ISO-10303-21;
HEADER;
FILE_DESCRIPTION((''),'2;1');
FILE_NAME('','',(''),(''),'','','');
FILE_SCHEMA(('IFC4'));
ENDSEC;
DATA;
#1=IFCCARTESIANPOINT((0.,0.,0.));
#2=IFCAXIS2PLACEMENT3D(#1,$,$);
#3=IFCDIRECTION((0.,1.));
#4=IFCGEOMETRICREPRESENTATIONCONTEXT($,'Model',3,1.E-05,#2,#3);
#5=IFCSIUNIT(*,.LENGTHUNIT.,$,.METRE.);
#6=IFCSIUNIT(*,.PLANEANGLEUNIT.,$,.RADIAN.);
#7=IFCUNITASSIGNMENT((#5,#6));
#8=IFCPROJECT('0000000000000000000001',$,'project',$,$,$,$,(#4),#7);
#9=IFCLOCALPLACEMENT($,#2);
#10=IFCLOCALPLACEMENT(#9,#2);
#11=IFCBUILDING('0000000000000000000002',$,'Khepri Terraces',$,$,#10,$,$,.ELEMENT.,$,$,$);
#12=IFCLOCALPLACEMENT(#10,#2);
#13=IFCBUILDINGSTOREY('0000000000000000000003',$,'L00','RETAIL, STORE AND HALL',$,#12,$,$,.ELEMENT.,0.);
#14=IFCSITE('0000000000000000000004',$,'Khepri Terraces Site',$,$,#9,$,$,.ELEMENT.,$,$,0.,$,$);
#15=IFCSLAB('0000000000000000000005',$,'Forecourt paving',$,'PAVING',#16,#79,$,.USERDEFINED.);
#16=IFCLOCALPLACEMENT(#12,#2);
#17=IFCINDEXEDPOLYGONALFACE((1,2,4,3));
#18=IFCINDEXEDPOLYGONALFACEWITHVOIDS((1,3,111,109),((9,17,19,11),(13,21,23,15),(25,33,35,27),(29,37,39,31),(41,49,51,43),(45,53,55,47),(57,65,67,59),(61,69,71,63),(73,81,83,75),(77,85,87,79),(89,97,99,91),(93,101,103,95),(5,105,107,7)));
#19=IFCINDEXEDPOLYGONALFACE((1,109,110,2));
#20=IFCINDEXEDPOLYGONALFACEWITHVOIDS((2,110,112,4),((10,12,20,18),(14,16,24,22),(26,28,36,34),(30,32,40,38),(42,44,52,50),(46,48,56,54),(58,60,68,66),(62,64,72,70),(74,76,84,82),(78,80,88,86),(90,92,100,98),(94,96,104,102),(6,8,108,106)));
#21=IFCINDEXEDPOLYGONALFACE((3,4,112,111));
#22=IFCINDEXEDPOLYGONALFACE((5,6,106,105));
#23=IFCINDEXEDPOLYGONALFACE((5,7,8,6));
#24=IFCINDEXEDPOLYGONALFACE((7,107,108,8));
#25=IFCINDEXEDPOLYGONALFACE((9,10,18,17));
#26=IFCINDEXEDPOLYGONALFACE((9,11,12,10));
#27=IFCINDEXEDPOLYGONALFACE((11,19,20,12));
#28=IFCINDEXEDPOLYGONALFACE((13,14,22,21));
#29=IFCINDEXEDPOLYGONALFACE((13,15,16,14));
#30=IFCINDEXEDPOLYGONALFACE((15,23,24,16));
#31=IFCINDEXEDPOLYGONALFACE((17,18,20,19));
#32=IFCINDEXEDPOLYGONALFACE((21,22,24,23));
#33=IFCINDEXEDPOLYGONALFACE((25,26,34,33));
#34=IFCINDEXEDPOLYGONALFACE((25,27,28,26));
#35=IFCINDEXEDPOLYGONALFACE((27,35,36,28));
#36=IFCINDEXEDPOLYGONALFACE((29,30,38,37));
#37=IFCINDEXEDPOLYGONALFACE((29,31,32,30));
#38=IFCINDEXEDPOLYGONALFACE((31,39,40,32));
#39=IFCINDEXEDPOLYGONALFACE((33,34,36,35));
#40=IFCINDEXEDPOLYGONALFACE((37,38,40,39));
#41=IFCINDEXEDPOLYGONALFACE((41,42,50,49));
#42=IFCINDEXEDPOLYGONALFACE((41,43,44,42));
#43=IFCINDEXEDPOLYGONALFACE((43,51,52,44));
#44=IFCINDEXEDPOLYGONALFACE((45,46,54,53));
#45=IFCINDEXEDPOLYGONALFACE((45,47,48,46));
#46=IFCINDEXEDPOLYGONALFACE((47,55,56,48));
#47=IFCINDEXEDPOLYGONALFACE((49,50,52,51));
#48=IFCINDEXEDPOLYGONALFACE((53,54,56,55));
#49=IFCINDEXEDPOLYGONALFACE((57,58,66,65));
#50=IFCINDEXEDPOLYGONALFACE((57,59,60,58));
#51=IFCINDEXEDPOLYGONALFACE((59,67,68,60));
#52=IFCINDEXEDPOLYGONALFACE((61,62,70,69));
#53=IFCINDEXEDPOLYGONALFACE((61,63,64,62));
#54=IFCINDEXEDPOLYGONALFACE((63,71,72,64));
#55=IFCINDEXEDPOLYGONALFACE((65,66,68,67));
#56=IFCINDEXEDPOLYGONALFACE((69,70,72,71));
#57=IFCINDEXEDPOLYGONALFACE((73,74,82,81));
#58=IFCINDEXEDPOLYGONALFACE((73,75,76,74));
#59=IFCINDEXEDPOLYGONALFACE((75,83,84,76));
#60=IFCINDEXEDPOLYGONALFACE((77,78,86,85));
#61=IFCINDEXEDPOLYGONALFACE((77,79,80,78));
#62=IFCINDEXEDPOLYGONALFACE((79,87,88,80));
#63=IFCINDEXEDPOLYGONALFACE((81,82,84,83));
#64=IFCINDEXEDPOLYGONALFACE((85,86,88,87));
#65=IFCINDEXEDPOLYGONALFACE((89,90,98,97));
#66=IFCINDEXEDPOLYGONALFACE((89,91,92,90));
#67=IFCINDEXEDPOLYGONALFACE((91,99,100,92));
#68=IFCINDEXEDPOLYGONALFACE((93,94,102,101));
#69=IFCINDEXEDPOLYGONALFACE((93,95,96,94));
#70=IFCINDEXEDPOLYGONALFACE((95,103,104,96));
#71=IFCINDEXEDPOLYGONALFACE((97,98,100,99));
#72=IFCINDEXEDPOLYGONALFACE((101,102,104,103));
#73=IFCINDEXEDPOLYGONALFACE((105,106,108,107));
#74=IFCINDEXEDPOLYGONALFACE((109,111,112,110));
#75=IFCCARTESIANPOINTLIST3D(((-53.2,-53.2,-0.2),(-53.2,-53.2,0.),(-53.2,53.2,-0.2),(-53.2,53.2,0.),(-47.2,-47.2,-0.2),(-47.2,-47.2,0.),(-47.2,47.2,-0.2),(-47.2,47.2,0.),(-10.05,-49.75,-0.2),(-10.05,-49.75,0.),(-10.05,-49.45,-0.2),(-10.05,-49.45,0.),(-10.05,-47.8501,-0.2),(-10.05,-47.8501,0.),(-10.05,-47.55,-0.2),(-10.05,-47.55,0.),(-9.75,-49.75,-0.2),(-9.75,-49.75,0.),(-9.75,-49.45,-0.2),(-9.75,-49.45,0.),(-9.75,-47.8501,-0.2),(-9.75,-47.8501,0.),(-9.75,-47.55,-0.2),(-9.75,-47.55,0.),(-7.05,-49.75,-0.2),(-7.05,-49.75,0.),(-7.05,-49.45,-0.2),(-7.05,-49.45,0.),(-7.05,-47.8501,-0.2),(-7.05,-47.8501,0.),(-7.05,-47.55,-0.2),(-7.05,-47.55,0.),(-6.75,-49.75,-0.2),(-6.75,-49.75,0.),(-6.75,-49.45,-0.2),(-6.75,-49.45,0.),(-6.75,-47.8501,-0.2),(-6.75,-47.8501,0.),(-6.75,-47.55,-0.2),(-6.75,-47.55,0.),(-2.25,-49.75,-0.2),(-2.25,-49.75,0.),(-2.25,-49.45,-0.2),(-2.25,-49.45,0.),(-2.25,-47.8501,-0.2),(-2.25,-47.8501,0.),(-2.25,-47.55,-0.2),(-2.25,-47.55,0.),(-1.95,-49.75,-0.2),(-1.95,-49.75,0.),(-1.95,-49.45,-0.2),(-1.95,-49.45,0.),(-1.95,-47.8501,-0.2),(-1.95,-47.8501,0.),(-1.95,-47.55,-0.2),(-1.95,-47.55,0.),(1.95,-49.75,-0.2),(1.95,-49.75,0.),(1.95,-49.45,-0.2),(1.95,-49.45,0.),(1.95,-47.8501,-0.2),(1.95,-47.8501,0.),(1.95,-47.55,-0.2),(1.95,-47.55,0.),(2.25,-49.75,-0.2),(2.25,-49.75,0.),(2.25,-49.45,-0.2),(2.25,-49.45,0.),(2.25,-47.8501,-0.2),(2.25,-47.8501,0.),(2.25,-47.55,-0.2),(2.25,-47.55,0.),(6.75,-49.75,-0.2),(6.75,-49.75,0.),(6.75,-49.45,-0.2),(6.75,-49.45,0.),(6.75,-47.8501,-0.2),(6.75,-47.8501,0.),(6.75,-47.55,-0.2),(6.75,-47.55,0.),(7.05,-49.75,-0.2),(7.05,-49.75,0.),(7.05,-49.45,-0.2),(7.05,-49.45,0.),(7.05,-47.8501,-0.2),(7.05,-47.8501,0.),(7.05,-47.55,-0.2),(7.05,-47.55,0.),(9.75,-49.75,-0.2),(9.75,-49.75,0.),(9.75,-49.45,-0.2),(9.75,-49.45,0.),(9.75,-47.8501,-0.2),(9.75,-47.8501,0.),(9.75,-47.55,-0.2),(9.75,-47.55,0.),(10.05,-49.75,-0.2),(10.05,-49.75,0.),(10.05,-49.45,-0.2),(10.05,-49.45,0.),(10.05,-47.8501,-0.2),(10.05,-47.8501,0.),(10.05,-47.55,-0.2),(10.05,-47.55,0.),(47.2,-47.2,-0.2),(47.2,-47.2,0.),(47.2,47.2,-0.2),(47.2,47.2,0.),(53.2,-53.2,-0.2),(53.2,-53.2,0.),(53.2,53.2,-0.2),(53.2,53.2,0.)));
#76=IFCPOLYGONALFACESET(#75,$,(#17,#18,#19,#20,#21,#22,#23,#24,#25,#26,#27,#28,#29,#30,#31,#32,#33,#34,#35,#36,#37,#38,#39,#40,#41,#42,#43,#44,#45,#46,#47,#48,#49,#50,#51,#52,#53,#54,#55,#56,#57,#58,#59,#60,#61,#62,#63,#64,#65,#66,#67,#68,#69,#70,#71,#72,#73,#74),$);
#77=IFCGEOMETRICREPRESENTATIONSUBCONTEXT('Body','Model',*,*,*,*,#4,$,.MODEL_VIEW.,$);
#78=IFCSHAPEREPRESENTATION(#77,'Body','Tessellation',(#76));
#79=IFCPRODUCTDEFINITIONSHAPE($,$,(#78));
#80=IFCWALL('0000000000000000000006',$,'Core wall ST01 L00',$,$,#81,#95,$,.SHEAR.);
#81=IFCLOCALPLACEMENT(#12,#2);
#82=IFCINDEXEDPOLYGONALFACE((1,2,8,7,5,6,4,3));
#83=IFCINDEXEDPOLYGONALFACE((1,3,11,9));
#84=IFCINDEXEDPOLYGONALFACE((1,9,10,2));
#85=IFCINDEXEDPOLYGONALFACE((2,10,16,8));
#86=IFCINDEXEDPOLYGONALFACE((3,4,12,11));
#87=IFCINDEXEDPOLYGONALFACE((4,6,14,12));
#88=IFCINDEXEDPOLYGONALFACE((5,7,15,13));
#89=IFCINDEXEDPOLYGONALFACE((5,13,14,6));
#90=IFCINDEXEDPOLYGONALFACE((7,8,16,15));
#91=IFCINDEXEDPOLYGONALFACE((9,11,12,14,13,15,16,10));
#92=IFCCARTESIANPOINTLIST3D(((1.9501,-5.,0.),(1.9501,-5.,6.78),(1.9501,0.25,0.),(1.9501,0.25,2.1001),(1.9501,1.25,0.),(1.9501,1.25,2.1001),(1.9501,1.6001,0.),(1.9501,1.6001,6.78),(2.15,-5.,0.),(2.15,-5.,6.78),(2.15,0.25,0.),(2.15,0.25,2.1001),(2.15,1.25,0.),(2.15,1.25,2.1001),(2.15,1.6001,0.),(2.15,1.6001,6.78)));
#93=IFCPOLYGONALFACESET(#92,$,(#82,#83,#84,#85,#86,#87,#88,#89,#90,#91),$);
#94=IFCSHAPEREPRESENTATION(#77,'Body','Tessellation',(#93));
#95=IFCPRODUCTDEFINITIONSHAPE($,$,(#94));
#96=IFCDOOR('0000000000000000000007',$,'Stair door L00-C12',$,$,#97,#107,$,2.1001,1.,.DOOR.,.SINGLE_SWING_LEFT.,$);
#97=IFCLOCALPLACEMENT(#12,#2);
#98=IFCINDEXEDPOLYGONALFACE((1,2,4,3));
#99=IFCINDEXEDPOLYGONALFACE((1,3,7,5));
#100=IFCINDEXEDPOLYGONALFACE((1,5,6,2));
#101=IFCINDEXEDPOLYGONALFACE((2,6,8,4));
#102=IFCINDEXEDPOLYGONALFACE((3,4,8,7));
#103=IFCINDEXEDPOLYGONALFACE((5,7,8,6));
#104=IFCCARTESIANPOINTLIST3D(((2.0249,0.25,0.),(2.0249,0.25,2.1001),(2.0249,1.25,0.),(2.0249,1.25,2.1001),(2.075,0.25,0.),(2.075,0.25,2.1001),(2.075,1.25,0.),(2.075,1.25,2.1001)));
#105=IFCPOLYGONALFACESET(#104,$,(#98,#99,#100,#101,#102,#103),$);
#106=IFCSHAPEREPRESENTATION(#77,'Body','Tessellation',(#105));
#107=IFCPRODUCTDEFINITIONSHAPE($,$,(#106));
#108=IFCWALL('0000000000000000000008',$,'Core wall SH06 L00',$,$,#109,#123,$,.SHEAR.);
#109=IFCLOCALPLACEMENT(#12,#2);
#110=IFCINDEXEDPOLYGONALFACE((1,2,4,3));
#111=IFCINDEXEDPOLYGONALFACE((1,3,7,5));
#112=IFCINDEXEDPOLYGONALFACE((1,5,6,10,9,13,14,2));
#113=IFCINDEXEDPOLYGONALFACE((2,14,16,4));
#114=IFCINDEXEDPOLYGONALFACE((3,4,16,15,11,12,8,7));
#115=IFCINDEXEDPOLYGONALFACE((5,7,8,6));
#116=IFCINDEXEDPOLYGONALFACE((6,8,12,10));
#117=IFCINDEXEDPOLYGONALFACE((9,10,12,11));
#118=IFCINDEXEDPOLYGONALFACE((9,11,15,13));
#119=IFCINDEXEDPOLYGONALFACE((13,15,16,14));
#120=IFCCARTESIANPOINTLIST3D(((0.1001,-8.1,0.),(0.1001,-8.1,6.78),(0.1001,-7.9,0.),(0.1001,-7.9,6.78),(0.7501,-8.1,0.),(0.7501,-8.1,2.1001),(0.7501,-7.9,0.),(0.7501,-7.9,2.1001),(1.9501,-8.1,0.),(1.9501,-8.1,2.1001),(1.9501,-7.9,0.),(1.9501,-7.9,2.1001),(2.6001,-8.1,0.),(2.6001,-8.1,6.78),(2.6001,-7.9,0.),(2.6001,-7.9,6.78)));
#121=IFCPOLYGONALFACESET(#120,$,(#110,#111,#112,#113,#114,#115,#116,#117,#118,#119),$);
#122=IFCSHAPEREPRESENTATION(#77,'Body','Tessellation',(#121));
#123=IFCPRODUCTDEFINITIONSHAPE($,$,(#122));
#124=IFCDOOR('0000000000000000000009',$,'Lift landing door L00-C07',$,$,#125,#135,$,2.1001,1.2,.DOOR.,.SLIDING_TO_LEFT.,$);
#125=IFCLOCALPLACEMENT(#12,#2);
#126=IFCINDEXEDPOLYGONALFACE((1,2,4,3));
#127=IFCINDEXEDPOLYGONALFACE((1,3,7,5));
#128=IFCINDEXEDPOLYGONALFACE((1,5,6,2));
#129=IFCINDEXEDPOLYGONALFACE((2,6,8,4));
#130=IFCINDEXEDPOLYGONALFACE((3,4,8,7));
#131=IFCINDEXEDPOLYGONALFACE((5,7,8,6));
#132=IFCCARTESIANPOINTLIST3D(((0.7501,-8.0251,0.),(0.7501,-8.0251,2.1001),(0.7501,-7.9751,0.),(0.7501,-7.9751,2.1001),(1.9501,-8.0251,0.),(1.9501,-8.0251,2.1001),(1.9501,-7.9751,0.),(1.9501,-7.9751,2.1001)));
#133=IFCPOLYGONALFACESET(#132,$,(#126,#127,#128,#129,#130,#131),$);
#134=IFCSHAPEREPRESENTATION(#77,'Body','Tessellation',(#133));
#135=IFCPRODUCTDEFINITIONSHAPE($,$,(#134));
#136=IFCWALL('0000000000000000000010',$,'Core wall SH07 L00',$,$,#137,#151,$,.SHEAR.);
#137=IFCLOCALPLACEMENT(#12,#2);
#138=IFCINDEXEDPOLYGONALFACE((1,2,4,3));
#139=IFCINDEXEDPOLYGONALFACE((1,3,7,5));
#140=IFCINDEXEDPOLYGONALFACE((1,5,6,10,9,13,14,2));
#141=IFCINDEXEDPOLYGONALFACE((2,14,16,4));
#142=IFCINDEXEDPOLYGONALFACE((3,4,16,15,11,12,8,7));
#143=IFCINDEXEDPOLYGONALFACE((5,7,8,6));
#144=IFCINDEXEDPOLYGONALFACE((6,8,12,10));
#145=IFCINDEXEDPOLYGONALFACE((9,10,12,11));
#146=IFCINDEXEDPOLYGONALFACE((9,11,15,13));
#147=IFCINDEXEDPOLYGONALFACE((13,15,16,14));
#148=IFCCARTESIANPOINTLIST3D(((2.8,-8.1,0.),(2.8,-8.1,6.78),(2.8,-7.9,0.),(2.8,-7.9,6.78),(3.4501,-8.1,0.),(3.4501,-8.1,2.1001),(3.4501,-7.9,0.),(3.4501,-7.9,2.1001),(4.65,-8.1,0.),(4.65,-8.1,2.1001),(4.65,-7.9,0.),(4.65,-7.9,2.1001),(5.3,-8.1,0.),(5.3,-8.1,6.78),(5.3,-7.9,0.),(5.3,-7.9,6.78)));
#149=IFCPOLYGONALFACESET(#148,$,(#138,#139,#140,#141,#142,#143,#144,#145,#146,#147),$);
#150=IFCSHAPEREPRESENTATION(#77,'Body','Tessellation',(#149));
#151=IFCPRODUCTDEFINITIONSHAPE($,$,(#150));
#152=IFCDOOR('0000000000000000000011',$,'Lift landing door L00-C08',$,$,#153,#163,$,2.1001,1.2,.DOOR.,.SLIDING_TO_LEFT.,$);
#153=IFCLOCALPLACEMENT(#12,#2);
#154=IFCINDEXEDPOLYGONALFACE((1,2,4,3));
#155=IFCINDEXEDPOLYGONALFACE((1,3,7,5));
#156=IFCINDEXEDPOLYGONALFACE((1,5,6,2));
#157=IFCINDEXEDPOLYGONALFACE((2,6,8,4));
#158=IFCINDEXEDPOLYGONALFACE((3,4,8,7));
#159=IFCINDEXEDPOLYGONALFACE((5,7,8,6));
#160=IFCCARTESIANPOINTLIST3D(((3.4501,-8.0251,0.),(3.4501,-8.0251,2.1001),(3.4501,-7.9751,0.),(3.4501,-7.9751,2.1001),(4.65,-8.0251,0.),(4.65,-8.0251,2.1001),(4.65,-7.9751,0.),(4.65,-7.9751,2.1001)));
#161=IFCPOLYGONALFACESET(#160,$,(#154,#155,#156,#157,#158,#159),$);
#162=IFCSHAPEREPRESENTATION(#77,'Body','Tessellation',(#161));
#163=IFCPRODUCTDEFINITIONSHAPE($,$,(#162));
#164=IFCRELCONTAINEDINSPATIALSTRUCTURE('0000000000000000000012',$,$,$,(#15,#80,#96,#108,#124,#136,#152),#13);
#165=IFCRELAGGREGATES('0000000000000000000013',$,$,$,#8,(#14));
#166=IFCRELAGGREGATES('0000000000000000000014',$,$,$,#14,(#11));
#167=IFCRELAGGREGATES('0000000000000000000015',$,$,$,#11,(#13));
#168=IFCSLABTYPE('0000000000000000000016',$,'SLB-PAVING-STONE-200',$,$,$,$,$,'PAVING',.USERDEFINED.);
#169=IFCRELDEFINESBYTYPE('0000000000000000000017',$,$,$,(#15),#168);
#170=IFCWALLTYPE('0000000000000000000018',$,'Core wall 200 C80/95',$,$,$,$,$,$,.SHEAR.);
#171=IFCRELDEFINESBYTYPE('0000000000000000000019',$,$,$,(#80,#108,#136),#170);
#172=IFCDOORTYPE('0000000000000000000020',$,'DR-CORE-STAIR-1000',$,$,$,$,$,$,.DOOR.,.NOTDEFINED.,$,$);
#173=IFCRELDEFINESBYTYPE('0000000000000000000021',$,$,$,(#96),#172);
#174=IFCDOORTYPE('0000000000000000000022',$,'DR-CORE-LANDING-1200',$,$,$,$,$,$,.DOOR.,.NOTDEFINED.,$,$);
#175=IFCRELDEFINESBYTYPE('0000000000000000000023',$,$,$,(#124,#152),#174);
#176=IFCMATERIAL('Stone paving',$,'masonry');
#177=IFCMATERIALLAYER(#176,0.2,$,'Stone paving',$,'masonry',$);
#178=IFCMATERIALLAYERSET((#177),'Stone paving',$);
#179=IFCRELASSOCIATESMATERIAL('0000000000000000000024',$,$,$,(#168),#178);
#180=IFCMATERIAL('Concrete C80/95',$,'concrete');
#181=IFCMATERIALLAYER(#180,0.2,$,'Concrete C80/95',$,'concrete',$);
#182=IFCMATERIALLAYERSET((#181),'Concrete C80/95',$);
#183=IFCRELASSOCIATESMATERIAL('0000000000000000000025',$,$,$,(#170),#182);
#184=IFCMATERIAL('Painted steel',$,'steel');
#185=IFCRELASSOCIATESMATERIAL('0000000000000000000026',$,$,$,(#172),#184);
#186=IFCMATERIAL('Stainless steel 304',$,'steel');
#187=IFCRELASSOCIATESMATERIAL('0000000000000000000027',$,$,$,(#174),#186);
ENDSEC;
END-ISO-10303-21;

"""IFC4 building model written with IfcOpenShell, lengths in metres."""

from ifc_helpers import new_model, si_unit, direction, frame, frame_2d, origin, place, context, subcontext, project, spatial, polyline, rectangle, outline, extrude, material, layer, layer_set, type_object, element, fill, save


model = new_model("IFC4")

# Units and contexts
model_context = context("Model", 3, precision=1e-05, world=origin(), true_north=direction((0.0, 1.0)))
body_context = subcontext(model_context, "Body", "Model", "MODEL_VIEW")
ifc_project = project(units=[si_unit("LENGTHUNIT", "METRE"), si_unit("PLANEANGLEUNIT", "RADIAN")], contexts=[model_context])

# Site, building, storey
site_placement = place(None, origin())
site = spatial("IfcSite", under=ifc_project, at=site_placement, Name="Khepri Terraces Site", CompositionType="ELEMENT", RefElevation=0.0)
building_placement = place(site_placement, origin())
building = spatial("IfcBuilding", under=site, at=building_placement, Name="Khepri Terraces", CompositionType="ELEMENT")
storey_placement = place(building_placement, origin())
storey = spatial("IfcBuildingStorey", under=building, at=storey_placement, Name="L00", Description="RETAIL, STORE AND HALL", CompositionType="ELEMENT", Elevation=0.0)

# Slab
ifc_material_1 = material(Name="Stone paving", Category="masonry")
ifc_layer_1 = layer(ifc_material_1, 0.2, Name="Stone paving", Category="masonry")
ifc_layer_set_1 = layer_set([ifc_layer_1], Name="Stone paving")
slab_type_1 = type_object("IfcSlabType", Name="SLB-PAVING-STONE-200", ElementType="PAVING", PredefinedType="USERDEFINED", material=ifc_layer_set_1)
slab_1_placement = place(storey_placement, frame((0.0, 0.0, -0.2)))
element("IfcSlab", 1, at=slab_1_placement, inside=storey, type_object=slab_type_1, Name="Forecourt paving", ObjectType="PAVING", PredefinedType="USERDEFINED", context=body_context, shape_type="SweptSolid", body=[
    extrude(outline(polyline([(-53.2, 53.2), (-53.2, -53.2), (53.2, -53.2), (53.2, 53.2), (-53.2, 53.2)]), holes=[polyline([(-47.2, 47.2), (-47.2, -47.2), (47.2, -47.2), (47.2, 47.2), (-47.2, 47.2)]), polyline([(-10.05, -49.45), (-10.05, -49.75), (-9.75, -49.75), (-9.75, -49.45), (-10.05, -49.45)]), polyline([(-6.75, -49.45), (-7.05, -49.45), (-7.05, -49.75), (-6.75, -49.75), (-6.75, -49.45)]), polyline([(-1.95, -49.45), (-2.25, -49.45), (-2.25, -49.75), (-1.95, -49.75), (-1.95, -49.45)]), polyline([(-10.05, -47.55), (-10.05, -47.8501), (-9.75, -47.8501), (-9.75, -47.55), (-10.05, -47.55)]), polyline([(-6.75, -47.55), (-7.05, -47.55), (-7.05, -47.8501), (-6.75, -47.8501), (-6.75, -47.55)]), polyline([(-1.95, -47.55), (-2.25, -47.55), (-2.25, -47.8501), (-1.95, -47.8501), (-1.95, -47.55)]), polyline([(1.95, -49.45), (1.95, -49.75), (2.25, -49.75), (2.25, -49.45), (1.95, -49.45)]), polyline([(7.05, -49.45), (6.75, -49.45), (6.75, -49.75), (7.05, -49.75), (7.05, -49.45)]), polyline([(10.05, -49.45), (9.75, -49.45), (9.75, -49.75), (10.05, -49.75), (10.05, -49.45)]), polyline([(1.95, -47.55), (1.95, -47.8501), (2.25, -47.8501), (2.25, -47.55), (1.95, -47.55)]), polyline([(7.05, -47.55), (6.75, -47.55), (6.75, -47.8501), (7.05, -47.8501), (7.05, -47.55)]), polyline([(10.05, -47.55), (9.75, -47.55), (9.75, -47.8501), (10.05, -47.8501), (10.05, -47.55)])]), origin(), (0.0, 0.0, 1.0), 0.2),
])

# Walls, openings, doors
ifc_material_2 = material(Name="Concrete C80/95", Category="concrete")
ifc_layer_2 = layer(ifc_material_2, 0.2, Name="Concrete C80/95", Category="concrete")
ifc_layer_set_2 = layer_set([ifc_layer_2], Name="Concrete C80/95")
wall_type_1 = type_object("IfcWallType", Name="Core wall 200 C80/95", PredefinedType="SHEAR", material=ifc_layer_set_2)
wall_1_placement = place(storey_placement, frame((2.05, -5.0, 0.0), z_axis=(0.0, 0.0, 1.0), x_axis=(0.0, 1.0, 0.0)))
wall_1 = element("IfcWall", 2, at=wall_1_placement, inside=storey, type_object=wall_type_1, Name="Core wall ST01 L00", PredefinedType="SHEAR", context=body_context, shape_type="SweptSolid", body=[
    extrude(rectangle(XDim=6.6001, YDim=0.2, at=frame_2d((3.3, 0.0))), origin(), (0.0, 0.0, 1.0), 6.78),
])
opening_1_placement = place(wall_1_placement, frame((5.25, 0.0, 0.0)))
opening_1 = element("IfcOpeningElement", 3, at=opening_1_placement, cuts=wall_1, PredefinedType="OPENING", context=body_context, shape_type="SweptSolid", body=[
    extrude(rectangle(XDim=1.0, YDim=2.1001, at=frame_2d((0.5, 1.05))), frame((0.0, 0.1099, 0.0), z_axis=(0.0, -1.0, 0.0), x_axis=(1.0, 0.0, 0.0)), (0.0, 0.0, 1.0), 0.22),
])
ifc_material_3 = material(Name="Painted steel", Category="steel")
door_type_1 = type_object("IfcDoorType", Name="DR-CORE-STAIR-1000", OperationType="NOTDEFINED", PredefinedType="DOOR", material=ifc_material_3)
door_1_placement = place(opening_1_placement, frame((1.0, 0.0, 0.0), z_axis=(0.0, 0.0, 1.0), x_axis=(-1.0, 0.0, 0.0)))
door_1 = element("IfcDoor", 4, at=door_1_placement, inside=storey, type_object=door_type_1, Name="Stair door L00-C12", OperationType="SINGLE_SWING_LEFT", OverallHeight=2.1001, OverallWidth=1.0, PredefinedType="DOOR", context=body_context, shape_type="SweptSolid", body=[
    extrude(rectangle(XDim=1.0, YDim=2.1001, at=frame_2d((0.5, 1.05))), frame((0.0, 0.0249, 0.0), z_axis=(0.0, -1.0, 0.0), x_axis=(1.0, 0.0, 0.0)), (0.0, 0.0, 1.0), 0.05),
])
fill(opening_1, door_1)
wall_2_placement = place(storey_placement, frame((0.1001, -8.0, 0.0), z_axis=(0.0, 0.0, 1.0), x_axis=(1.0, 0.0, 0.0)))
wall_2 = element("IfcWall", 5, at=wall_2_placement, inside=storey, type_object=wall_type_1, Name="Core wall SH06 L00", PredefinedType="SHEAR", context=body_context, shape_type="SweptSolid", body=[
    extrude(rectangle(XDim=2.5, YDim=0.2, at=frame_2d((1.25, 0.0))), origin(), (0.0, 0.0, 1.0), 6.78),
])
opening_2_placement = place(wall_2_placement, frame((0.6499, 0.0, 0.0)))
opening_2 = element("IfcOpeningElement", 6, at=opening_2_placement, cuts=wall_2, PredefinedType="OPENING", context=body_context, shape_type="SweptSolid", body=[
    extrude(rectangle(XDim=1.2, YDim=2.1001, at=frame_2d((0.6001, 1.05))), frame((0.0, 0.1099, 0.0), z_axis=(0.0, -1.0, 0.0), x_axis=(1.0, 0.0, 0.0)), (0.0, 0.0, 1.0), 0.22),
])
ifc_material_4 = material(Name="Stainless steel 304", Category="steel")
door_type_2 = type_object("IfcDoorType", Name="DR-CORE-LANDING-1200", OperationType="NOTDEFINED", PredefinedType="DOOR", material=ifc_material_4)
door_2_placement = place(opening_2_placement, origin())
door_2 = element("IfcDoor", 7, at=door_2_placement, inside=storey, type_object=door_type_2, Name="Lift landing door L00-C07", OperationType="SLIDING_TO_LEFT", OverallHeight=2.1001, OverallWidth=1.2, PredefinedType="DOOR", context=body_context, shape_type="SweptSolid", body=[
    extrude(rectangle(XDim=1.2, YDim=2.1001, at=frame_2d((0.6001, 1.05))), frame((0.0, 0.0249, 0.0), z_axis=(0.0, -1.0, 0.0), x_axis=(1.0, 0.0, 0.0)), (0.0, 0.0, 1.0), 0.05),
])
fill(opening_2, door_2)
wall_3_placement = place(storey_placement, frame((2.8, -8.0, 0.0), z_axis=(0.0, 0.0, 1.0), x_axis=(1.0, 0.0, 0.0)))
wall_3 = element("IfcWall", 8, at=wall_3_placement, inside=storey, type_object=wall_type_1, Name="Core wall SH07 L00", PredefinedType="SHEAR", context=body_context, shape_type="SweptSolid", body=[
    extrude(rectangle(XDim=2.5, YDim=0.2, at=frame_2d((1.25, 0.0))), origin(), (0.0, 0.0, 1.0), 6.78),
])
opening_3_placement = place(wall_3_placement, frame((0.6499, 0.0, 0.0)))
opening_3 = element("IfcOpeningElement", 9, at=opening_3_placement, cuts=wall_3, PredefinedType="OPENING", context=body_context, shape_type="SweptSolid", body=[
    extrude(rectangle(XDim=1.2, YDim=2.1001, at=frame_2d((0.6001, 1.05))), frame((0.0, 0.1099, 0.0), z_axis=(0.0, -1.0, 0.0), x_axis=(1.0, 0.0, 0.0)), (0.0, 0.0, 1.0), 0.22),
])
door_3_placement = place(opening_3_placement, origin())
door_3 = element("IfcDoor", 10, at=door_3_placement, inside=storey, type_object=door_type_2, Name="Lift landing door L00-C08", OperationType="SLIDING_TO_LEFT", OverallHeight=2.1001, OverallWidth=1.2, PredefinedType="DOOR", context=body_context, shape_type="SweptSolid", body=[
    extrude(rectangle(XDim=1.2, YDim=2.1001, at=frame_2d((0.6001, 1.05))), frame((0.0, 0.0249, 0.0), z_axis=(0.0, -1.0, 0.0), x_axis=(1.0, 0.0, 0.0)), (0.0, 0.0, 1.0), 0.05),
])
fill(opening_3, door_3)

save(model, "model.ifc")
